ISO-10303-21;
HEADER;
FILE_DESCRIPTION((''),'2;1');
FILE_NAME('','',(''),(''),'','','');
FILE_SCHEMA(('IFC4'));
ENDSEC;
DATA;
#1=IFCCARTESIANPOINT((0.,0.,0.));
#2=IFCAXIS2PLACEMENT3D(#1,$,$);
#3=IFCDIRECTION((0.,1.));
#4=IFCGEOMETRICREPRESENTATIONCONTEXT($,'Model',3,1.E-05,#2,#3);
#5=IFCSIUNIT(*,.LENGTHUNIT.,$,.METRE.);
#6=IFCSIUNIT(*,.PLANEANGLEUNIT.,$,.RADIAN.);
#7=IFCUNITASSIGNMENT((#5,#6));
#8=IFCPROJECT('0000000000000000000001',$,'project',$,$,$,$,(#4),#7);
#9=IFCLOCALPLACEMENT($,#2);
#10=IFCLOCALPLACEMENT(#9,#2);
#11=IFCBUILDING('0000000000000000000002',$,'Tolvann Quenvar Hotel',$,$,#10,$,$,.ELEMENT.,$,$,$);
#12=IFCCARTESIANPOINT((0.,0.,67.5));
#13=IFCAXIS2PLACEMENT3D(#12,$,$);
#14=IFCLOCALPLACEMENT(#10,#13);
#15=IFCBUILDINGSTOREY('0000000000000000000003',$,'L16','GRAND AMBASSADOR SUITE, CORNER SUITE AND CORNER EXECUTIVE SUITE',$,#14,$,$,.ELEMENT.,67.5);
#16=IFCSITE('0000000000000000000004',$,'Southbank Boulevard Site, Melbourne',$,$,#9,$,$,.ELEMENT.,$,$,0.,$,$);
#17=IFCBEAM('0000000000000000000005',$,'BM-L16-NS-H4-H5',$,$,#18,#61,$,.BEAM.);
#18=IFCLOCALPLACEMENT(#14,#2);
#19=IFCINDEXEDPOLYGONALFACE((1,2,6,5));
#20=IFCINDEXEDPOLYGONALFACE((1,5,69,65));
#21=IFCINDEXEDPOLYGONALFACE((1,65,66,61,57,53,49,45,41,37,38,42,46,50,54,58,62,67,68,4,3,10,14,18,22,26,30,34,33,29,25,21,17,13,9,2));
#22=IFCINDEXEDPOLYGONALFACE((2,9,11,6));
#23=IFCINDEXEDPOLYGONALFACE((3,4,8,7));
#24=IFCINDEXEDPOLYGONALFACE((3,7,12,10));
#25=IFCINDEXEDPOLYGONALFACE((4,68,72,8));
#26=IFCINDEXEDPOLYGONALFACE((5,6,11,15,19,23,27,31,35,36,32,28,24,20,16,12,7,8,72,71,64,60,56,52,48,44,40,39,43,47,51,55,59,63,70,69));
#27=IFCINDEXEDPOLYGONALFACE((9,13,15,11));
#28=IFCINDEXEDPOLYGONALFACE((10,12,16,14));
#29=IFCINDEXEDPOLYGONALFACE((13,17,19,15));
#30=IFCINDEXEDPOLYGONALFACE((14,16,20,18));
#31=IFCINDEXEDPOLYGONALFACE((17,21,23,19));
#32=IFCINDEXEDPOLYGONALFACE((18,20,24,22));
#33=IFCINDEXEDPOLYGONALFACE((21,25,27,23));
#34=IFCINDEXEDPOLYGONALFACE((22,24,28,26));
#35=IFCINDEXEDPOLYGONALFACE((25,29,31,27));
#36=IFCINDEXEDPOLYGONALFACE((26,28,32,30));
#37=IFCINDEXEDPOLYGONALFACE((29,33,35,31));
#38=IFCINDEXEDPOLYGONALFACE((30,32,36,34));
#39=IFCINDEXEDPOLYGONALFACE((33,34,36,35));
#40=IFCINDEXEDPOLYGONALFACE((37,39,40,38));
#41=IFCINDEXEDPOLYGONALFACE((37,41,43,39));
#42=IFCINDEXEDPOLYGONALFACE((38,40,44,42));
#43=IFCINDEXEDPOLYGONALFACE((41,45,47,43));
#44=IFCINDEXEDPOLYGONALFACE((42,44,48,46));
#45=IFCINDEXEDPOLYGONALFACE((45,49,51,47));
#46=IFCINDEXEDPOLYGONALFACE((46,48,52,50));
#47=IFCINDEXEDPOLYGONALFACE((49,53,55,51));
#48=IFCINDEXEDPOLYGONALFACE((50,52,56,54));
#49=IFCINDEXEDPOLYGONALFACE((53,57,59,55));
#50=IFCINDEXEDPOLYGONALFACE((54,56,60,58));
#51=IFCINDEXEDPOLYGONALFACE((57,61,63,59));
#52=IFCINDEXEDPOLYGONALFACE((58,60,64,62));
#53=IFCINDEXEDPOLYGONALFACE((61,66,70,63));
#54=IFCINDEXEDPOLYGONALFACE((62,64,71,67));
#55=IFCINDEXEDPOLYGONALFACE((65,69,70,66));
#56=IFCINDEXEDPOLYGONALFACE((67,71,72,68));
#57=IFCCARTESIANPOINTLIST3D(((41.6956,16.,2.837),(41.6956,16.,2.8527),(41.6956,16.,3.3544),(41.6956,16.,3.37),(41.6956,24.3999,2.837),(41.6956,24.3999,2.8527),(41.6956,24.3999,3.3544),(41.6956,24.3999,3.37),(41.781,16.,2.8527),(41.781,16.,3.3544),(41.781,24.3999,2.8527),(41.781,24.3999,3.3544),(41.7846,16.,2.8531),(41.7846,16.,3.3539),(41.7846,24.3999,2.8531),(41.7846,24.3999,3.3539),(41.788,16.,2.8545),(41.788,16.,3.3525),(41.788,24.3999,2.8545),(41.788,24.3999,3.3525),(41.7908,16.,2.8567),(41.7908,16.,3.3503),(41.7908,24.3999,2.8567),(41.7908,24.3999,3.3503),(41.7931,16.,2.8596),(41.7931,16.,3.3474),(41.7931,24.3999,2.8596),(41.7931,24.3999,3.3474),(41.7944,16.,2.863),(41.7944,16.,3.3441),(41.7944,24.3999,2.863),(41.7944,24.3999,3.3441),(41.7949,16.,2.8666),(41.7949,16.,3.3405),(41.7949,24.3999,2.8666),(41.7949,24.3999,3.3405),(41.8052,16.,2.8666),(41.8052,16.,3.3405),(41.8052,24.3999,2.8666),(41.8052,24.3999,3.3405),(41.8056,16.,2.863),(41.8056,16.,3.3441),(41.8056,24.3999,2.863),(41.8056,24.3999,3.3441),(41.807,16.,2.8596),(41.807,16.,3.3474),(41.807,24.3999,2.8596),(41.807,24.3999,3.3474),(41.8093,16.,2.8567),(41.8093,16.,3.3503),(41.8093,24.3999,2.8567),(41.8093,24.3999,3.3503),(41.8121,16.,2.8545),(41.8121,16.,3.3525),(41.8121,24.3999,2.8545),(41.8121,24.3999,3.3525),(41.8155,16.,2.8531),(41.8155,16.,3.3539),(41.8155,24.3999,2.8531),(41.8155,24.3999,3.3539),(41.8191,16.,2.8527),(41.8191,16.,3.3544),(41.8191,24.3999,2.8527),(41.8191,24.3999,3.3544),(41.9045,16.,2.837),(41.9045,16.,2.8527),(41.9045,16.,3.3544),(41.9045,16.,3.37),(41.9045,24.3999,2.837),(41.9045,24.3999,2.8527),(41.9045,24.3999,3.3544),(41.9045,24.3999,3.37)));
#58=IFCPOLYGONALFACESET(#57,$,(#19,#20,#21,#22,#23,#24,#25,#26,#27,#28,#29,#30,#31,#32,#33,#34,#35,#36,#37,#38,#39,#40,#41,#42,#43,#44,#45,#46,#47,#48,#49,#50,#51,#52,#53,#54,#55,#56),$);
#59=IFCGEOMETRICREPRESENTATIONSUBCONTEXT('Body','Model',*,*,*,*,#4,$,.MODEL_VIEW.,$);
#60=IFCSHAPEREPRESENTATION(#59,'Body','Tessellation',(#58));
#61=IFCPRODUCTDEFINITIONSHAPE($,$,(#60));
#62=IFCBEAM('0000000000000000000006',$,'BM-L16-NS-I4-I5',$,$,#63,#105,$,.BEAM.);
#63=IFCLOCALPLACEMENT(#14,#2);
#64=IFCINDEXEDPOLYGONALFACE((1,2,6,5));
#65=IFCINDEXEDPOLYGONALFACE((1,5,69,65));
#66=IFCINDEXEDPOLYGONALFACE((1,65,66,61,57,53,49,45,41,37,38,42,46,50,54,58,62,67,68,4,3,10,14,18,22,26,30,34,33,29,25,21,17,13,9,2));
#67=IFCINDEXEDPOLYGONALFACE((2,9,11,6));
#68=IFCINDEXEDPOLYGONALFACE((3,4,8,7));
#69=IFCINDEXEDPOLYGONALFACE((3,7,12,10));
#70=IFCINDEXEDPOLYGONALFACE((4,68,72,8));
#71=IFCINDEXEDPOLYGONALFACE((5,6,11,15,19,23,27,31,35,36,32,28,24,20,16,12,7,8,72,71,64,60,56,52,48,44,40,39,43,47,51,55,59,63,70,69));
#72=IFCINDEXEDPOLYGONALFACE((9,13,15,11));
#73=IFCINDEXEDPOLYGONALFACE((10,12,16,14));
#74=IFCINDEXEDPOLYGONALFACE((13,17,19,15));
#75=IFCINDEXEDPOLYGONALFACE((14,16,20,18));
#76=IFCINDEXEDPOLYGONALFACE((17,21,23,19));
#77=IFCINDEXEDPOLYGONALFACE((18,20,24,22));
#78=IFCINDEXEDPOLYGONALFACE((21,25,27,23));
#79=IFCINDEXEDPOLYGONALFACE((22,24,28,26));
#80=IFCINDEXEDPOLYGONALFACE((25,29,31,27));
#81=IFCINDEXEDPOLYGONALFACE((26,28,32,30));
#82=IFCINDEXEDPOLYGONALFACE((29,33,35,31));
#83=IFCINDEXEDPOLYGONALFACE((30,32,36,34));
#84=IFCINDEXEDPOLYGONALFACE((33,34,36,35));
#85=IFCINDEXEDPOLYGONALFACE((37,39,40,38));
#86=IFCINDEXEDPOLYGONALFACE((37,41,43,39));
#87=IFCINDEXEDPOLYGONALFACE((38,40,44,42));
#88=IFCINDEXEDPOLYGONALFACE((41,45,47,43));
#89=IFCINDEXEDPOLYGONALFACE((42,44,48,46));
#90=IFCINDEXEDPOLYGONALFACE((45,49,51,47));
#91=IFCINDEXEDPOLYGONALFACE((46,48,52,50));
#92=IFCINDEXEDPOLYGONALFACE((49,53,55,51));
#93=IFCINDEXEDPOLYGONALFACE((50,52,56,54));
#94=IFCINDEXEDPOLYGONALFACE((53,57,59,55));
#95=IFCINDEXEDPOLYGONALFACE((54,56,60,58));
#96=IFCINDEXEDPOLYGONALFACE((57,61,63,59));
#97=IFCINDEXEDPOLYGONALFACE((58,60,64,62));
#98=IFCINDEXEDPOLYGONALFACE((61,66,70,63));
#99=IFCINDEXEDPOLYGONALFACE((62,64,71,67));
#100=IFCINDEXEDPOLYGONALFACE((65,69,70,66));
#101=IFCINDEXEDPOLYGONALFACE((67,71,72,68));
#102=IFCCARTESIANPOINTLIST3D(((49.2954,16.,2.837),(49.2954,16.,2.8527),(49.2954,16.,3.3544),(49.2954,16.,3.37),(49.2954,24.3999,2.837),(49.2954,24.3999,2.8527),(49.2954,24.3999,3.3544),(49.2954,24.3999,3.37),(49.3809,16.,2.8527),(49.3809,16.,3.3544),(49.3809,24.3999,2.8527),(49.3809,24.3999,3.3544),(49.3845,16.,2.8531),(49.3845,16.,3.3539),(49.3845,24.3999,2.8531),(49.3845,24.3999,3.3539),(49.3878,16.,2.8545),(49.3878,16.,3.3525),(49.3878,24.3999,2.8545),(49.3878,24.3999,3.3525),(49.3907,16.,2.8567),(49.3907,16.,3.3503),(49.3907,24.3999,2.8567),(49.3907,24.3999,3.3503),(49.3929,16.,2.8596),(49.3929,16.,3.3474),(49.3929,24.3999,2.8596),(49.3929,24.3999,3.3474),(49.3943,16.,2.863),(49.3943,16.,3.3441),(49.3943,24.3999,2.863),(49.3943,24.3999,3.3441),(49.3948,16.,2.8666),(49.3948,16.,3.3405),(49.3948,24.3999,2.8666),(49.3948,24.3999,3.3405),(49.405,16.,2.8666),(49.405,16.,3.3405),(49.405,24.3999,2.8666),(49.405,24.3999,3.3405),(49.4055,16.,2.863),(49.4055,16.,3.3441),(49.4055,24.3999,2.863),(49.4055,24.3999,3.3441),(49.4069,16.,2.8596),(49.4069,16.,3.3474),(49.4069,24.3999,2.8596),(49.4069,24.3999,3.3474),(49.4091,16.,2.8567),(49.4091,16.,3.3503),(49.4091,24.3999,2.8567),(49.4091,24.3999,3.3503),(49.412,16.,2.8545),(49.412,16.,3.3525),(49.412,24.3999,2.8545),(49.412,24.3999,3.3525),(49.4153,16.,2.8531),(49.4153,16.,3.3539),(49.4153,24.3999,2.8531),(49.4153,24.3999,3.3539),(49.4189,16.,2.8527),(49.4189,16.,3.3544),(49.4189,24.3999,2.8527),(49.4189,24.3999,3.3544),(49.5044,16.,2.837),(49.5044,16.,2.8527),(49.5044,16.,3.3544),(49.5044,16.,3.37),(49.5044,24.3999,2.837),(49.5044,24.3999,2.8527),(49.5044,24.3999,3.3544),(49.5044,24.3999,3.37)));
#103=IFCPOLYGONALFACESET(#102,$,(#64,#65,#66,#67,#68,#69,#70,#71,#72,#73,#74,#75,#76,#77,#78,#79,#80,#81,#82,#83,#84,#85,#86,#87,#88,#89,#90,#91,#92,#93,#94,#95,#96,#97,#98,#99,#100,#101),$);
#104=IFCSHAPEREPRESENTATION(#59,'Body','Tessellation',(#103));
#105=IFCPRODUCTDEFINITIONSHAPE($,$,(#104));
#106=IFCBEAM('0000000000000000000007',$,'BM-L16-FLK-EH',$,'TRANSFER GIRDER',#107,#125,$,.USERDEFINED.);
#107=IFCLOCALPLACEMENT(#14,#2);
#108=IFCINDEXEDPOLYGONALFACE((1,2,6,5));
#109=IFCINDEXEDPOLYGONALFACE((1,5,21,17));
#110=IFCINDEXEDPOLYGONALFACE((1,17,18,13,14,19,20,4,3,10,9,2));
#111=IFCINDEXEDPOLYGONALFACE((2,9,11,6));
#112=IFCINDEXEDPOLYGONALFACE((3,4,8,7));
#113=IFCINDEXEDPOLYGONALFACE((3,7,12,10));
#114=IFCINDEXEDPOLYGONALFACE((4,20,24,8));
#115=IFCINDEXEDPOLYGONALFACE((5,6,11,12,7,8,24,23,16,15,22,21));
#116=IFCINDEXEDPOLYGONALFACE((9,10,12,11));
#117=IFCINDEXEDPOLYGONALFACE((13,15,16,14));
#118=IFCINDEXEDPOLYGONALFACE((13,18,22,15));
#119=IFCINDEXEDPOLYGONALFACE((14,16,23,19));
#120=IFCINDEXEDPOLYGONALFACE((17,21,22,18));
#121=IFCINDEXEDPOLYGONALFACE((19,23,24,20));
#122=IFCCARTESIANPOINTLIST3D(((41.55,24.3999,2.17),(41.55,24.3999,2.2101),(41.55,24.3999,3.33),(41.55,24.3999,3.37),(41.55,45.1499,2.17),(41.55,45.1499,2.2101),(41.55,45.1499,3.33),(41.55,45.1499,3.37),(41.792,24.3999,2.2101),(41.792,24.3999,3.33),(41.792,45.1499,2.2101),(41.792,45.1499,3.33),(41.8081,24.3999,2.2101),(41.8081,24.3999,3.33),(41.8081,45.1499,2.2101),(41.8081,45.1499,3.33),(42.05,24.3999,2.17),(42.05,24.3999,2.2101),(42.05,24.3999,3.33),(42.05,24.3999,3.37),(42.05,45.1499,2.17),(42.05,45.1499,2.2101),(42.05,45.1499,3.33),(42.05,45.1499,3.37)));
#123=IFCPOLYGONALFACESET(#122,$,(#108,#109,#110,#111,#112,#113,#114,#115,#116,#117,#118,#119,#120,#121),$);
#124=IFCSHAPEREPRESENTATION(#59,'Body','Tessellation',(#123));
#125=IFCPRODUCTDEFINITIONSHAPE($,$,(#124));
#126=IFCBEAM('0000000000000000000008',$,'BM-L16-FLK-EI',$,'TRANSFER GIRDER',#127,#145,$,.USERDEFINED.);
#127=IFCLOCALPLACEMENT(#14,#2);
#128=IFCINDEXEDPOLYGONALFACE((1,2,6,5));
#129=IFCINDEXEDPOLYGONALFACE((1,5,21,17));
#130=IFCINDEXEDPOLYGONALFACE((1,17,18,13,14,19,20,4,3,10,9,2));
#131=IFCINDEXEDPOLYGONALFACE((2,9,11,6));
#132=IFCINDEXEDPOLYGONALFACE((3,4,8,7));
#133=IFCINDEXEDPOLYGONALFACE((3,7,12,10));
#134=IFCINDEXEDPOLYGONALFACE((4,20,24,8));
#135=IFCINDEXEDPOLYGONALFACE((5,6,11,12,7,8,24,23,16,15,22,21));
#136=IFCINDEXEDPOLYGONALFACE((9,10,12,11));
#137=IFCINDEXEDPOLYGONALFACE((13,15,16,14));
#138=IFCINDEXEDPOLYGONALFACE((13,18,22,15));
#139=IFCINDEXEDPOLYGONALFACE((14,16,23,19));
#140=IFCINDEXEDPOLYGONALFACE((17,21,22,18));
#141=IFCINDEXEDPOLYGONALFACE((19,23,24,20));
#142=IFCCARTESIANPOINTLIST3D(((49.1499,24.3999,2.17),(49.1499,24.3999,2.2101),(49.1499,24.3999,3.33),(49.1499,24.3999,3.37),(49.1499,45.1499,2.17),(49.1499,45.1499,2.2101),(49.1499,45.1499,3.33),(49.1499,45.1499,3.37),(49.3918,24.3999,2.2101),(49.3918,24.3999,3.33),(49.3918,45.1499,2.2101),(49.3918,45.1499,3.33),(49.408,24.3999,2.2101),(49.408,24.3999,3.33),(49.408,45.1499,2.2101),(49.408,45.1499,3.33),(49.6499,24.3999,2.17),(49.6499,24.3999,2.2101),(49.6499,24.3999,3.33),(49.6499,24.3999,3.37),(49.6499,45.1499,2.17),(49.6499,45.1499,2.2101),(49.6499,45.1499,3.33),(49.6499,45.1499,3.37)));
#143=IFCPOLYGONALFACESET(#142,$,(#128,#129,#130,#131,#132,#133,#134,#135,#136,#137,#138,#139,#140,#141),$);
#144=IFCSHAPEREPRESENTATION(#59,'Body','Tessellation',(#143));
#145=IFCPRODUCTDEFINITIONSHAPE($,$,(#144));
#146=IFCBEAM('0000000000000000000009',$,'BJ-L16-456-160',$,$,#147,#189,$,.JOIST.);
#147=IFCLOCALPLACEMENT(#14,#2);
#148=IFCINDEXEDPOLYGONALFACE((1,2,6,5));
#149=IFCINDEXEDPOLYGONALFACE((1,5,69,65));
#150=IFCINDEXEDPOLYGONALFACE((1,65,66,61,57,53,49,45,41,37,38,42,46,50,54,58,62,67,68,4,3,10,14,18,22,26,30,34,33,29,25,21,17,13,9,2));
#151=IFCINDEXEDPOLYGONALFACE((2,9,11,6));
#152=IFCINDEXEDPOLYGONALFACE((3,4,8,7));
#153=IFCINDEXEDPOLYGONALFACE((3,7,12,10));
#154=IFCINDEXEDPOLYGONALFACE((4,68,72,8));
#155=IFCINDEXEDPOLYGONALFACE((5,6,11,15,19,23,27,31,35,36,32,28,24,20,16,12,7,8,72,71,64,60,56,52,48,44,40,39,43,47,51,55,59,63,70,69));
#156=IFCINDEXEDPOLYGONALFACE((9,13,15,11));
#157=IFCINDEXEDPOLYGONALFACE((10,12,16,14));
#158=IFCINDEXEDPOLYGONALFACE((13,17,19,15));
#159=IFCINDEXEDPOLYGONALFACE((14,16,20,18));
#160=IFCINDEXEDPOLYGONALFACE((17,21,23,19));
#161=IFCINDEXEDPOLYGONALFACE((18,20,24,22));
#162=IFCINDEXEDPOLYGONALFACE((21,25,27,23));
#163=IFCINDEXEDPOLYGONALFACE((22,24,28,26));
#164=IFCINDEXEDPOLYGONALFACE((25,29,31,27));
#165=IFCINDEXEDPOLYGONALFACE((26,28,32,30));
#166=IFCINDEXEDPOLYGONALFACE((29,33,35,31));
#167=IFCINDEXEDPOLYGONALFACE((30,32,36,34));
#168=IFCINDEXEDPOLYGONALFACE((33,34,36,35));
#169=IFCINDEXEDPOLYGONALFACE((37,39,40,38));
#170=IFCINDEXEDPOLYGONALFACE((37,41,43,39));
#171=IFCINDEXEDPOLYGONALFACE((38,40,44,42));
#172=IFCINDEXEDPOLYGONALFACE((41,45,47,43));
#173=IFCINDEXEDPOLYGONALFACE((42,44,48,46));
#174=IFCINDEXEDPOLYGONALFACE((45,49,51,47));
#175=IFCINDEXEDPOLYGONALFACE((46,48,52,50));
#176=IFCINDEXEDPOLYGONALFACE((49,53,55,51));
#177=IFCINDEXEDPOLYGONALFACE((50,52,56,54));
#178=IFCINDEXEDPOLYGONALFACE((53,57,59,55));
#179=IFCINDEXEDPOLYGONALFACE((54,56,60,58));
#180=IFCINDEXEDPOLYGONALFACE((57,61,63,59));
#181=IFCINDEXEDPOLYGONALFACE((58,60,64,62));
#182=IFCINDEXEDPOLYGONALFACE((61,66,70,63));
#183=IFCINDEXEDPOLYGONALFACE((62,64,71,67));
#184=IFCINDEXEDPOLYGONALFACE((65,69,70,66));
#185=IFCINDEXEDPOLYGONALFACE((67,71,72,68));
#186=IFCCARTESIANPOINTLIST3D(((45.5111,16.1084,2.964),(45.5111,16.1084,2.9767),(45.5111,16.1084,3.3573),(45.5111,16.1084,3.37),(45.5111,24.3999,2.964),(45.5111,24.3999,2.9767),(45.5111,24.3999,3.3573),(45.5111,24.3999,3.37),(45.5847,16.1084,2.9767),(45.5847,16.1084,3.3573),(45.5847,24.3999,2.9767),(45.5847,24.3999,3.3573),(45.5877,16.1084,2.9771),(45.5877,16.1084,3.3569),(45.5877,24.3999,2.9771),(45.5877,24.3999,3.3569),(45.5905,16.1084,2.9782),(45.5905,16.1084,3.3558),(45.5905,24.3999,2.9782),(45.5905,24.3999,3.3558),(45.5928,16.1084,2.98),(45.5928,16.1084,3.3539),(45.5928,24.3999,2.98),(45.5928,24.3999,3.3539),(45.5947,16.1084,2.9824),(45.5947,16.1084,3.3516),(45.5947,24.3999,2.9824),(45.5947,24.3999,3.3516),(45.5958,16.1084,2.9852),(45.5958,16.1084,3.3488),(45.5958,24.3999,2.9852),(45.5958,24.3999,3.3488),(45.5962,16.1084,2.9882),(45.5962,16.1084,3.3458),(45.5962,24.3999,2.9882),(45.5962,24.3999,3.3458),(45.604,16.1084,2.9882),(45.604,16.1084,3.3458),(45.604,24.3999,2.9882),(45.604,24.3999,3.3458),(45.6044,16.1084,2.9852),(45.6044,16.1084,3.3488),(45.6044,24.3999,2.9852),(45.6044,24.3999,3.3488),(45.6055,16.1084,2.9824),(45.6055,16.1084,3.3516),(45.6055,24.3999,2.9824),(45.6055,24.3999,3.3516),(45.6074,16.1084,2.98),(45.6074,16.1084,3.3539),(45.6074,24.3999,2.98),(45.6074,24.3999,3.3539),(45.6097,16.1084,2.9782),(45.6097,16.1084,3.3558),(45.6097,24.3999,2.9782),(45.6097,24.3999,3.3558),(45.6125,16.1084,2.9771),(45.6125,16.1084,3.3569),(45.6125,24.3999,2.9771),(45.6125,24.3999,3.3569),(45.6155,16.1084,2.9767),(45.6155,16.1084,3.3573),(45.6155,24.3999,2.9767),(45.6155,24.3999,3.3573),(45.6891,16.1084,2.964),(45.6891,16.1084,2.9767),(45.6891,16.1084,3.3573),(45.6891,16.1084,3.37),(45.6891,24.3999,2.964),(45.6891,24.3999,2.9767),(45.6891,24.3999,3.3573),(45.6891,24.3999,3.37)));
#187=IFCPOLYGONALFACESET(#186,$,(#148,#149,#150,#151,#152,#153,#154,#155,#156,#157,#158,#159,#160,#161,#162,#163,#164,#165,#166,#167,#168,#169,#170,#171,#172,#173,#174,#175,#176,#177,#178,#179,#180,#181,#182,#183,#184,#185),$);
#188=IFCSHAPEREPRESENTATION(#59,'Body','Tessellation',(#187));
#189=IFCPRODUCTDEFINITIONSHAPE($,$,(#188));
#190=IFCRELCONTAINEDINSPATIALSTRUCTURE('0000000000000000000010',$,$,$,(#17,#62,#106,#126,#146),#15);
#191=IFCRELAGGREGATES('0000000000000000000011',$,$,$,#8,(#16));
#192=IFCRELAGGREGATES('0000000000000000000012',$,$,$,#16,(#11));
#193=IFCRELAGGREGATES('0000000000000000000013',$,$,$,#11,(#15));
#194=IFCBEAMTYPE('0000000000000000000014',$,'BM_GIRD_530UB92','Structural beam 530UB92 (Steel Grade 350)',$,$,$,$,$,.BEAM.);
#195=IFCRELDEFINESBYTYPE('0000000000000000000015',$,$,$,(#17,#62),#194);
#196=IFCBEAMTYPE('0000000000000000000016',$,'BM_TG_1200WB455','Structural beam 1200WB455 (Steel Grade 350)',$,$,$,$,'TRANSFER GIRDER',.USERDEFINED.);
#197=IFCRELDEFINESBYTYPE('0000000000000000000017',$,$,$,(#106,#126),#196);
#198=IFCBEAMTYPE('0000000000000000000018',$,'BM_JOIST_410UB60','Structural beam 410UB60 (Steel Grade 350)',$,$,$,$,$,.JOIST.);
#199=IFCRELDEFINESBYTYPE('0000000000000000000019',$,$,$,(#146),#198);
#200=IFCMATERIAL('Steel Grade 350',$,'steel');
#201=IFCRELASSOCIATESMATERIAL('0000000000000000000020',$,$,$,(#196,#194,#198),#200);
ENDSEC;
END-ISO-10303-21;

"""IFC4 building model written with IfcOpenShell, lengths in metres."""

from ifc_helpers import new_model, si_unit, direction, frame, origin, origin_2d, place, context, subcontext, project, spatial, i_section, extrude, source, transform, mapped, material, material_profile, profile_set, type_object, type_shapes, element, save


model = new_model("IFC4")

# Units and contexts
model_context = context("Model", 3, precision=1e-05, world=origin(), true_north=direction((0.0, 1.0)))
body_context = subcontext(model_context, "Body", "Model", "MODEL_VIEW")
ifc_project = project(units=[si_unit("LENGTHUNIT", "METRE"), si_unit("PLANEANGLEUNIT", "RADIAN")], contexts=[model_context])

# Site, building, storey
site_placement = place(None, origin())
site = spatial("IfcSite", under=ifc_project, at=site_placement, Name="Southbank Boulevard Site, Melbourne", CompositionType="ELEMENT", RefElevation=0.0)
building_placement = place(site_placement, origin())
building = spatial("IfcBuilding", under=site, at=building_placement, Name="Tolvann Quenvar Hotel", CompositionType="ELEMENT")
storey_placement = place(building_placement, frame((0.0, 0.0, 67.5)))
storey = spatial("IfcBuildingStorey", under=building, at=storey_placement, Name="L16", Description="GRAND AMBASSADOR SUITE, CORNER SUITE AND CORNER EXECUTIVE SUITE", CompositionType="ELEMENT", Elevation=67.5)

# Shared definitions
ifc_material_1 = material(Name="Steel Grade 350", Category="steel")

# Beams
ifc_material_profile_1 = material_profile(ifc_material_1, i_section(OverallWidth=0.5, OverallDepth=1.2, WebThickness=0.0161, FlangeThickness=0.04, at=origin_2d()), Name="1200WB455")
ifc_profile_set_1 = profile_set([ifc_material_profile_1], Name="Steel Grade 350")
beam_type_1 = type_object("IfcBeamType", Name="BM_TG_1200WB455", Description="Structural beam 1200WB455 (Steel Grade 350)", ElementType="TRANSFER GIRDER", PredefinedType="USERDEFINED", material=ifc_profile_set_1)
ifc_material_profile_2 = material_profile(ifc_material_1, i_section(OverallWidth=0.209, OverallDepth=0.533, WebThickness=0.0103, FlangeThickness=0.0156, FilletRadius=0.0139, at=origin_2d()), Name="530UB92")
ifc_profile_set_2 = profile_set([ifc_material_profile_2], Name="Steel Grade 350")
beam_type_2 = type_object("IfcBeamType", Name="BM_GIRD_530UB92", Description="Structural beam 530UB92 (Steel Grade 350)", PredefinedType="BEAM", material=ifc_profile_set_2)
shared_shape_1 = source(origin(), body_context, "Body", "SweptSolid", [
    extrude(i_section(OverallWidth=0.209, OverallDepth=0.533, WebThickness=0.0103, FlangeThickness=0.0156, FilletRadius=0.0139, at=origin_2d()), origin(), (0.0, 0.0, 1.0), 8.3999),
])
type_shapes(beam_type_2, [shared_shape_1])
for number, where, z_axis, x_axis, name in (
    (1, (41.8, 16.0, 3.1035), (0.0, 1.0, 0.0), (-1.0, 0.0, 0.0), "BM-L16-NS-H4-H5"),
    (2, (49.3999, 16.0, 3.1035), (0.0, 1.0, 0.0), (-1.0, 0.0, 0.0), "BM-L16-NS-I4-I5"),
):
    element("IfcBeam", number, at=place(storey_placement, frame(where, z_axis=z_axis, x_axis=x_axis)), inside=storey, type_object=beam_type_2, Name=name, PredefinedType="BEAM", context=body_context, shape_type="MappedRepresentation", body=[
        mapped(shared_shape_1, transform((0.0, 0.0, 0.0), x_axis=(1.0, 0.0, 0.0), y_axis=(0.0, 1.0, 0.0), z_axis=(0.0, 0.0, 1.0), scale=1.0)),
    ])
shared_shape_2 = source(origin(), body_context, "Body", "SweptSolid", [
    extrude(i_section(OverallWidth=0.5, OverallDepth=1.2, WebThickness=0.0161, FlangeThickness=0.04, at=origin_2d()), origin(), (0.0, 0.0, 1.0), 20.75),
])
for number, where, z_axis, x_axis, name in (
    (3, (41.8, 24.3999, 2.77), (0.0, 1.0, 0.0), (-1.0, 0.0, 0.0), "BM-L16-FLK-EH"),
    (4, (49.3999, 24.3999, 2.77), (0.0, 1.0, 0.0), (-1.0, 0.0, 0.0), "BM-L16-FLK-EI"),
):
    element("IfcBeam", number, at=place(storey_placement, frame(where, z_axis=z_axis, x_axis=x_axis)), inside=storey, type_object=beam_type_1, Name=name, ObjectType="TRANSFER GIRDER", PredefinedType="USERDEFINED", context=body_context, shape_type="MappedRepresentation", body=[
        mapped(shared_shape_2, transform((0.0, 0.0, 0.0), x_axis=(1.0, 0.0, 0.0), y_axis=(0.0, 1.0, 0.0), z_axis=(0.0, 0.0, 1.0), scale=1.0)),
    ])
ifc_material_profile_3 = material_profile(ifc_material_1, i_section(OverallWidth=0.178, OverallDepth=0.406, WebThickness=0.0078, FlangeThickness=0.0127, FilletRadius=0.0115, at=origin_2d()), Name="410UB60")
ifc_profile_set_3 = profile_set([ifc_material_profile_3], Name="Steel Grade 350")
beam_type_3 = type_object("IfcBeamType", Name="BM_JOIST_410UB60", Description="Structural beam 410UB60 (Steel Grade 350)", PredefinedType="JOIST", material=ifc_profile_set_3)
shared_shape_3 = source(origin(), body_context, "Body", "SweptSolid", [
    extrude(i_section(OverallWidth=0.178, OverallDepth=0.406, WebThickness=0.0078, FlangeThickness=0.0127, FilletRadius=0.0115, at=origin_2d()), origin(), (0.0, 0.0, 1.0), 8.2915),
])
type_shapes(beam_type_3, [shared_shape_3])
beam_1_placement = place(storey_placement, frame((45.6001, 16.1084, 3.167), z_axis=(0.0, 1.0, 0.0), x_axis=(-1.0, 0.0, 0.0)))
element("IfcBeam", 5, at=beam_1_placement, inside=storey, type_object=beam_type_3, Name="BJ-L16-456-160", PredefinedType="JOIST", context=body_context, shape_type="MappedRepresentation", body=[
    mapped(shared_shape_3, transform((0.0, 0.0, 0.0), x_axis=(1.0, 0.0, 0.0), y_axis=(0.0, 1.0, 0.0), z_axis=(0.0, 0.0, 1.0), scale=1.0)),
])

save(model, "model.ifc")
